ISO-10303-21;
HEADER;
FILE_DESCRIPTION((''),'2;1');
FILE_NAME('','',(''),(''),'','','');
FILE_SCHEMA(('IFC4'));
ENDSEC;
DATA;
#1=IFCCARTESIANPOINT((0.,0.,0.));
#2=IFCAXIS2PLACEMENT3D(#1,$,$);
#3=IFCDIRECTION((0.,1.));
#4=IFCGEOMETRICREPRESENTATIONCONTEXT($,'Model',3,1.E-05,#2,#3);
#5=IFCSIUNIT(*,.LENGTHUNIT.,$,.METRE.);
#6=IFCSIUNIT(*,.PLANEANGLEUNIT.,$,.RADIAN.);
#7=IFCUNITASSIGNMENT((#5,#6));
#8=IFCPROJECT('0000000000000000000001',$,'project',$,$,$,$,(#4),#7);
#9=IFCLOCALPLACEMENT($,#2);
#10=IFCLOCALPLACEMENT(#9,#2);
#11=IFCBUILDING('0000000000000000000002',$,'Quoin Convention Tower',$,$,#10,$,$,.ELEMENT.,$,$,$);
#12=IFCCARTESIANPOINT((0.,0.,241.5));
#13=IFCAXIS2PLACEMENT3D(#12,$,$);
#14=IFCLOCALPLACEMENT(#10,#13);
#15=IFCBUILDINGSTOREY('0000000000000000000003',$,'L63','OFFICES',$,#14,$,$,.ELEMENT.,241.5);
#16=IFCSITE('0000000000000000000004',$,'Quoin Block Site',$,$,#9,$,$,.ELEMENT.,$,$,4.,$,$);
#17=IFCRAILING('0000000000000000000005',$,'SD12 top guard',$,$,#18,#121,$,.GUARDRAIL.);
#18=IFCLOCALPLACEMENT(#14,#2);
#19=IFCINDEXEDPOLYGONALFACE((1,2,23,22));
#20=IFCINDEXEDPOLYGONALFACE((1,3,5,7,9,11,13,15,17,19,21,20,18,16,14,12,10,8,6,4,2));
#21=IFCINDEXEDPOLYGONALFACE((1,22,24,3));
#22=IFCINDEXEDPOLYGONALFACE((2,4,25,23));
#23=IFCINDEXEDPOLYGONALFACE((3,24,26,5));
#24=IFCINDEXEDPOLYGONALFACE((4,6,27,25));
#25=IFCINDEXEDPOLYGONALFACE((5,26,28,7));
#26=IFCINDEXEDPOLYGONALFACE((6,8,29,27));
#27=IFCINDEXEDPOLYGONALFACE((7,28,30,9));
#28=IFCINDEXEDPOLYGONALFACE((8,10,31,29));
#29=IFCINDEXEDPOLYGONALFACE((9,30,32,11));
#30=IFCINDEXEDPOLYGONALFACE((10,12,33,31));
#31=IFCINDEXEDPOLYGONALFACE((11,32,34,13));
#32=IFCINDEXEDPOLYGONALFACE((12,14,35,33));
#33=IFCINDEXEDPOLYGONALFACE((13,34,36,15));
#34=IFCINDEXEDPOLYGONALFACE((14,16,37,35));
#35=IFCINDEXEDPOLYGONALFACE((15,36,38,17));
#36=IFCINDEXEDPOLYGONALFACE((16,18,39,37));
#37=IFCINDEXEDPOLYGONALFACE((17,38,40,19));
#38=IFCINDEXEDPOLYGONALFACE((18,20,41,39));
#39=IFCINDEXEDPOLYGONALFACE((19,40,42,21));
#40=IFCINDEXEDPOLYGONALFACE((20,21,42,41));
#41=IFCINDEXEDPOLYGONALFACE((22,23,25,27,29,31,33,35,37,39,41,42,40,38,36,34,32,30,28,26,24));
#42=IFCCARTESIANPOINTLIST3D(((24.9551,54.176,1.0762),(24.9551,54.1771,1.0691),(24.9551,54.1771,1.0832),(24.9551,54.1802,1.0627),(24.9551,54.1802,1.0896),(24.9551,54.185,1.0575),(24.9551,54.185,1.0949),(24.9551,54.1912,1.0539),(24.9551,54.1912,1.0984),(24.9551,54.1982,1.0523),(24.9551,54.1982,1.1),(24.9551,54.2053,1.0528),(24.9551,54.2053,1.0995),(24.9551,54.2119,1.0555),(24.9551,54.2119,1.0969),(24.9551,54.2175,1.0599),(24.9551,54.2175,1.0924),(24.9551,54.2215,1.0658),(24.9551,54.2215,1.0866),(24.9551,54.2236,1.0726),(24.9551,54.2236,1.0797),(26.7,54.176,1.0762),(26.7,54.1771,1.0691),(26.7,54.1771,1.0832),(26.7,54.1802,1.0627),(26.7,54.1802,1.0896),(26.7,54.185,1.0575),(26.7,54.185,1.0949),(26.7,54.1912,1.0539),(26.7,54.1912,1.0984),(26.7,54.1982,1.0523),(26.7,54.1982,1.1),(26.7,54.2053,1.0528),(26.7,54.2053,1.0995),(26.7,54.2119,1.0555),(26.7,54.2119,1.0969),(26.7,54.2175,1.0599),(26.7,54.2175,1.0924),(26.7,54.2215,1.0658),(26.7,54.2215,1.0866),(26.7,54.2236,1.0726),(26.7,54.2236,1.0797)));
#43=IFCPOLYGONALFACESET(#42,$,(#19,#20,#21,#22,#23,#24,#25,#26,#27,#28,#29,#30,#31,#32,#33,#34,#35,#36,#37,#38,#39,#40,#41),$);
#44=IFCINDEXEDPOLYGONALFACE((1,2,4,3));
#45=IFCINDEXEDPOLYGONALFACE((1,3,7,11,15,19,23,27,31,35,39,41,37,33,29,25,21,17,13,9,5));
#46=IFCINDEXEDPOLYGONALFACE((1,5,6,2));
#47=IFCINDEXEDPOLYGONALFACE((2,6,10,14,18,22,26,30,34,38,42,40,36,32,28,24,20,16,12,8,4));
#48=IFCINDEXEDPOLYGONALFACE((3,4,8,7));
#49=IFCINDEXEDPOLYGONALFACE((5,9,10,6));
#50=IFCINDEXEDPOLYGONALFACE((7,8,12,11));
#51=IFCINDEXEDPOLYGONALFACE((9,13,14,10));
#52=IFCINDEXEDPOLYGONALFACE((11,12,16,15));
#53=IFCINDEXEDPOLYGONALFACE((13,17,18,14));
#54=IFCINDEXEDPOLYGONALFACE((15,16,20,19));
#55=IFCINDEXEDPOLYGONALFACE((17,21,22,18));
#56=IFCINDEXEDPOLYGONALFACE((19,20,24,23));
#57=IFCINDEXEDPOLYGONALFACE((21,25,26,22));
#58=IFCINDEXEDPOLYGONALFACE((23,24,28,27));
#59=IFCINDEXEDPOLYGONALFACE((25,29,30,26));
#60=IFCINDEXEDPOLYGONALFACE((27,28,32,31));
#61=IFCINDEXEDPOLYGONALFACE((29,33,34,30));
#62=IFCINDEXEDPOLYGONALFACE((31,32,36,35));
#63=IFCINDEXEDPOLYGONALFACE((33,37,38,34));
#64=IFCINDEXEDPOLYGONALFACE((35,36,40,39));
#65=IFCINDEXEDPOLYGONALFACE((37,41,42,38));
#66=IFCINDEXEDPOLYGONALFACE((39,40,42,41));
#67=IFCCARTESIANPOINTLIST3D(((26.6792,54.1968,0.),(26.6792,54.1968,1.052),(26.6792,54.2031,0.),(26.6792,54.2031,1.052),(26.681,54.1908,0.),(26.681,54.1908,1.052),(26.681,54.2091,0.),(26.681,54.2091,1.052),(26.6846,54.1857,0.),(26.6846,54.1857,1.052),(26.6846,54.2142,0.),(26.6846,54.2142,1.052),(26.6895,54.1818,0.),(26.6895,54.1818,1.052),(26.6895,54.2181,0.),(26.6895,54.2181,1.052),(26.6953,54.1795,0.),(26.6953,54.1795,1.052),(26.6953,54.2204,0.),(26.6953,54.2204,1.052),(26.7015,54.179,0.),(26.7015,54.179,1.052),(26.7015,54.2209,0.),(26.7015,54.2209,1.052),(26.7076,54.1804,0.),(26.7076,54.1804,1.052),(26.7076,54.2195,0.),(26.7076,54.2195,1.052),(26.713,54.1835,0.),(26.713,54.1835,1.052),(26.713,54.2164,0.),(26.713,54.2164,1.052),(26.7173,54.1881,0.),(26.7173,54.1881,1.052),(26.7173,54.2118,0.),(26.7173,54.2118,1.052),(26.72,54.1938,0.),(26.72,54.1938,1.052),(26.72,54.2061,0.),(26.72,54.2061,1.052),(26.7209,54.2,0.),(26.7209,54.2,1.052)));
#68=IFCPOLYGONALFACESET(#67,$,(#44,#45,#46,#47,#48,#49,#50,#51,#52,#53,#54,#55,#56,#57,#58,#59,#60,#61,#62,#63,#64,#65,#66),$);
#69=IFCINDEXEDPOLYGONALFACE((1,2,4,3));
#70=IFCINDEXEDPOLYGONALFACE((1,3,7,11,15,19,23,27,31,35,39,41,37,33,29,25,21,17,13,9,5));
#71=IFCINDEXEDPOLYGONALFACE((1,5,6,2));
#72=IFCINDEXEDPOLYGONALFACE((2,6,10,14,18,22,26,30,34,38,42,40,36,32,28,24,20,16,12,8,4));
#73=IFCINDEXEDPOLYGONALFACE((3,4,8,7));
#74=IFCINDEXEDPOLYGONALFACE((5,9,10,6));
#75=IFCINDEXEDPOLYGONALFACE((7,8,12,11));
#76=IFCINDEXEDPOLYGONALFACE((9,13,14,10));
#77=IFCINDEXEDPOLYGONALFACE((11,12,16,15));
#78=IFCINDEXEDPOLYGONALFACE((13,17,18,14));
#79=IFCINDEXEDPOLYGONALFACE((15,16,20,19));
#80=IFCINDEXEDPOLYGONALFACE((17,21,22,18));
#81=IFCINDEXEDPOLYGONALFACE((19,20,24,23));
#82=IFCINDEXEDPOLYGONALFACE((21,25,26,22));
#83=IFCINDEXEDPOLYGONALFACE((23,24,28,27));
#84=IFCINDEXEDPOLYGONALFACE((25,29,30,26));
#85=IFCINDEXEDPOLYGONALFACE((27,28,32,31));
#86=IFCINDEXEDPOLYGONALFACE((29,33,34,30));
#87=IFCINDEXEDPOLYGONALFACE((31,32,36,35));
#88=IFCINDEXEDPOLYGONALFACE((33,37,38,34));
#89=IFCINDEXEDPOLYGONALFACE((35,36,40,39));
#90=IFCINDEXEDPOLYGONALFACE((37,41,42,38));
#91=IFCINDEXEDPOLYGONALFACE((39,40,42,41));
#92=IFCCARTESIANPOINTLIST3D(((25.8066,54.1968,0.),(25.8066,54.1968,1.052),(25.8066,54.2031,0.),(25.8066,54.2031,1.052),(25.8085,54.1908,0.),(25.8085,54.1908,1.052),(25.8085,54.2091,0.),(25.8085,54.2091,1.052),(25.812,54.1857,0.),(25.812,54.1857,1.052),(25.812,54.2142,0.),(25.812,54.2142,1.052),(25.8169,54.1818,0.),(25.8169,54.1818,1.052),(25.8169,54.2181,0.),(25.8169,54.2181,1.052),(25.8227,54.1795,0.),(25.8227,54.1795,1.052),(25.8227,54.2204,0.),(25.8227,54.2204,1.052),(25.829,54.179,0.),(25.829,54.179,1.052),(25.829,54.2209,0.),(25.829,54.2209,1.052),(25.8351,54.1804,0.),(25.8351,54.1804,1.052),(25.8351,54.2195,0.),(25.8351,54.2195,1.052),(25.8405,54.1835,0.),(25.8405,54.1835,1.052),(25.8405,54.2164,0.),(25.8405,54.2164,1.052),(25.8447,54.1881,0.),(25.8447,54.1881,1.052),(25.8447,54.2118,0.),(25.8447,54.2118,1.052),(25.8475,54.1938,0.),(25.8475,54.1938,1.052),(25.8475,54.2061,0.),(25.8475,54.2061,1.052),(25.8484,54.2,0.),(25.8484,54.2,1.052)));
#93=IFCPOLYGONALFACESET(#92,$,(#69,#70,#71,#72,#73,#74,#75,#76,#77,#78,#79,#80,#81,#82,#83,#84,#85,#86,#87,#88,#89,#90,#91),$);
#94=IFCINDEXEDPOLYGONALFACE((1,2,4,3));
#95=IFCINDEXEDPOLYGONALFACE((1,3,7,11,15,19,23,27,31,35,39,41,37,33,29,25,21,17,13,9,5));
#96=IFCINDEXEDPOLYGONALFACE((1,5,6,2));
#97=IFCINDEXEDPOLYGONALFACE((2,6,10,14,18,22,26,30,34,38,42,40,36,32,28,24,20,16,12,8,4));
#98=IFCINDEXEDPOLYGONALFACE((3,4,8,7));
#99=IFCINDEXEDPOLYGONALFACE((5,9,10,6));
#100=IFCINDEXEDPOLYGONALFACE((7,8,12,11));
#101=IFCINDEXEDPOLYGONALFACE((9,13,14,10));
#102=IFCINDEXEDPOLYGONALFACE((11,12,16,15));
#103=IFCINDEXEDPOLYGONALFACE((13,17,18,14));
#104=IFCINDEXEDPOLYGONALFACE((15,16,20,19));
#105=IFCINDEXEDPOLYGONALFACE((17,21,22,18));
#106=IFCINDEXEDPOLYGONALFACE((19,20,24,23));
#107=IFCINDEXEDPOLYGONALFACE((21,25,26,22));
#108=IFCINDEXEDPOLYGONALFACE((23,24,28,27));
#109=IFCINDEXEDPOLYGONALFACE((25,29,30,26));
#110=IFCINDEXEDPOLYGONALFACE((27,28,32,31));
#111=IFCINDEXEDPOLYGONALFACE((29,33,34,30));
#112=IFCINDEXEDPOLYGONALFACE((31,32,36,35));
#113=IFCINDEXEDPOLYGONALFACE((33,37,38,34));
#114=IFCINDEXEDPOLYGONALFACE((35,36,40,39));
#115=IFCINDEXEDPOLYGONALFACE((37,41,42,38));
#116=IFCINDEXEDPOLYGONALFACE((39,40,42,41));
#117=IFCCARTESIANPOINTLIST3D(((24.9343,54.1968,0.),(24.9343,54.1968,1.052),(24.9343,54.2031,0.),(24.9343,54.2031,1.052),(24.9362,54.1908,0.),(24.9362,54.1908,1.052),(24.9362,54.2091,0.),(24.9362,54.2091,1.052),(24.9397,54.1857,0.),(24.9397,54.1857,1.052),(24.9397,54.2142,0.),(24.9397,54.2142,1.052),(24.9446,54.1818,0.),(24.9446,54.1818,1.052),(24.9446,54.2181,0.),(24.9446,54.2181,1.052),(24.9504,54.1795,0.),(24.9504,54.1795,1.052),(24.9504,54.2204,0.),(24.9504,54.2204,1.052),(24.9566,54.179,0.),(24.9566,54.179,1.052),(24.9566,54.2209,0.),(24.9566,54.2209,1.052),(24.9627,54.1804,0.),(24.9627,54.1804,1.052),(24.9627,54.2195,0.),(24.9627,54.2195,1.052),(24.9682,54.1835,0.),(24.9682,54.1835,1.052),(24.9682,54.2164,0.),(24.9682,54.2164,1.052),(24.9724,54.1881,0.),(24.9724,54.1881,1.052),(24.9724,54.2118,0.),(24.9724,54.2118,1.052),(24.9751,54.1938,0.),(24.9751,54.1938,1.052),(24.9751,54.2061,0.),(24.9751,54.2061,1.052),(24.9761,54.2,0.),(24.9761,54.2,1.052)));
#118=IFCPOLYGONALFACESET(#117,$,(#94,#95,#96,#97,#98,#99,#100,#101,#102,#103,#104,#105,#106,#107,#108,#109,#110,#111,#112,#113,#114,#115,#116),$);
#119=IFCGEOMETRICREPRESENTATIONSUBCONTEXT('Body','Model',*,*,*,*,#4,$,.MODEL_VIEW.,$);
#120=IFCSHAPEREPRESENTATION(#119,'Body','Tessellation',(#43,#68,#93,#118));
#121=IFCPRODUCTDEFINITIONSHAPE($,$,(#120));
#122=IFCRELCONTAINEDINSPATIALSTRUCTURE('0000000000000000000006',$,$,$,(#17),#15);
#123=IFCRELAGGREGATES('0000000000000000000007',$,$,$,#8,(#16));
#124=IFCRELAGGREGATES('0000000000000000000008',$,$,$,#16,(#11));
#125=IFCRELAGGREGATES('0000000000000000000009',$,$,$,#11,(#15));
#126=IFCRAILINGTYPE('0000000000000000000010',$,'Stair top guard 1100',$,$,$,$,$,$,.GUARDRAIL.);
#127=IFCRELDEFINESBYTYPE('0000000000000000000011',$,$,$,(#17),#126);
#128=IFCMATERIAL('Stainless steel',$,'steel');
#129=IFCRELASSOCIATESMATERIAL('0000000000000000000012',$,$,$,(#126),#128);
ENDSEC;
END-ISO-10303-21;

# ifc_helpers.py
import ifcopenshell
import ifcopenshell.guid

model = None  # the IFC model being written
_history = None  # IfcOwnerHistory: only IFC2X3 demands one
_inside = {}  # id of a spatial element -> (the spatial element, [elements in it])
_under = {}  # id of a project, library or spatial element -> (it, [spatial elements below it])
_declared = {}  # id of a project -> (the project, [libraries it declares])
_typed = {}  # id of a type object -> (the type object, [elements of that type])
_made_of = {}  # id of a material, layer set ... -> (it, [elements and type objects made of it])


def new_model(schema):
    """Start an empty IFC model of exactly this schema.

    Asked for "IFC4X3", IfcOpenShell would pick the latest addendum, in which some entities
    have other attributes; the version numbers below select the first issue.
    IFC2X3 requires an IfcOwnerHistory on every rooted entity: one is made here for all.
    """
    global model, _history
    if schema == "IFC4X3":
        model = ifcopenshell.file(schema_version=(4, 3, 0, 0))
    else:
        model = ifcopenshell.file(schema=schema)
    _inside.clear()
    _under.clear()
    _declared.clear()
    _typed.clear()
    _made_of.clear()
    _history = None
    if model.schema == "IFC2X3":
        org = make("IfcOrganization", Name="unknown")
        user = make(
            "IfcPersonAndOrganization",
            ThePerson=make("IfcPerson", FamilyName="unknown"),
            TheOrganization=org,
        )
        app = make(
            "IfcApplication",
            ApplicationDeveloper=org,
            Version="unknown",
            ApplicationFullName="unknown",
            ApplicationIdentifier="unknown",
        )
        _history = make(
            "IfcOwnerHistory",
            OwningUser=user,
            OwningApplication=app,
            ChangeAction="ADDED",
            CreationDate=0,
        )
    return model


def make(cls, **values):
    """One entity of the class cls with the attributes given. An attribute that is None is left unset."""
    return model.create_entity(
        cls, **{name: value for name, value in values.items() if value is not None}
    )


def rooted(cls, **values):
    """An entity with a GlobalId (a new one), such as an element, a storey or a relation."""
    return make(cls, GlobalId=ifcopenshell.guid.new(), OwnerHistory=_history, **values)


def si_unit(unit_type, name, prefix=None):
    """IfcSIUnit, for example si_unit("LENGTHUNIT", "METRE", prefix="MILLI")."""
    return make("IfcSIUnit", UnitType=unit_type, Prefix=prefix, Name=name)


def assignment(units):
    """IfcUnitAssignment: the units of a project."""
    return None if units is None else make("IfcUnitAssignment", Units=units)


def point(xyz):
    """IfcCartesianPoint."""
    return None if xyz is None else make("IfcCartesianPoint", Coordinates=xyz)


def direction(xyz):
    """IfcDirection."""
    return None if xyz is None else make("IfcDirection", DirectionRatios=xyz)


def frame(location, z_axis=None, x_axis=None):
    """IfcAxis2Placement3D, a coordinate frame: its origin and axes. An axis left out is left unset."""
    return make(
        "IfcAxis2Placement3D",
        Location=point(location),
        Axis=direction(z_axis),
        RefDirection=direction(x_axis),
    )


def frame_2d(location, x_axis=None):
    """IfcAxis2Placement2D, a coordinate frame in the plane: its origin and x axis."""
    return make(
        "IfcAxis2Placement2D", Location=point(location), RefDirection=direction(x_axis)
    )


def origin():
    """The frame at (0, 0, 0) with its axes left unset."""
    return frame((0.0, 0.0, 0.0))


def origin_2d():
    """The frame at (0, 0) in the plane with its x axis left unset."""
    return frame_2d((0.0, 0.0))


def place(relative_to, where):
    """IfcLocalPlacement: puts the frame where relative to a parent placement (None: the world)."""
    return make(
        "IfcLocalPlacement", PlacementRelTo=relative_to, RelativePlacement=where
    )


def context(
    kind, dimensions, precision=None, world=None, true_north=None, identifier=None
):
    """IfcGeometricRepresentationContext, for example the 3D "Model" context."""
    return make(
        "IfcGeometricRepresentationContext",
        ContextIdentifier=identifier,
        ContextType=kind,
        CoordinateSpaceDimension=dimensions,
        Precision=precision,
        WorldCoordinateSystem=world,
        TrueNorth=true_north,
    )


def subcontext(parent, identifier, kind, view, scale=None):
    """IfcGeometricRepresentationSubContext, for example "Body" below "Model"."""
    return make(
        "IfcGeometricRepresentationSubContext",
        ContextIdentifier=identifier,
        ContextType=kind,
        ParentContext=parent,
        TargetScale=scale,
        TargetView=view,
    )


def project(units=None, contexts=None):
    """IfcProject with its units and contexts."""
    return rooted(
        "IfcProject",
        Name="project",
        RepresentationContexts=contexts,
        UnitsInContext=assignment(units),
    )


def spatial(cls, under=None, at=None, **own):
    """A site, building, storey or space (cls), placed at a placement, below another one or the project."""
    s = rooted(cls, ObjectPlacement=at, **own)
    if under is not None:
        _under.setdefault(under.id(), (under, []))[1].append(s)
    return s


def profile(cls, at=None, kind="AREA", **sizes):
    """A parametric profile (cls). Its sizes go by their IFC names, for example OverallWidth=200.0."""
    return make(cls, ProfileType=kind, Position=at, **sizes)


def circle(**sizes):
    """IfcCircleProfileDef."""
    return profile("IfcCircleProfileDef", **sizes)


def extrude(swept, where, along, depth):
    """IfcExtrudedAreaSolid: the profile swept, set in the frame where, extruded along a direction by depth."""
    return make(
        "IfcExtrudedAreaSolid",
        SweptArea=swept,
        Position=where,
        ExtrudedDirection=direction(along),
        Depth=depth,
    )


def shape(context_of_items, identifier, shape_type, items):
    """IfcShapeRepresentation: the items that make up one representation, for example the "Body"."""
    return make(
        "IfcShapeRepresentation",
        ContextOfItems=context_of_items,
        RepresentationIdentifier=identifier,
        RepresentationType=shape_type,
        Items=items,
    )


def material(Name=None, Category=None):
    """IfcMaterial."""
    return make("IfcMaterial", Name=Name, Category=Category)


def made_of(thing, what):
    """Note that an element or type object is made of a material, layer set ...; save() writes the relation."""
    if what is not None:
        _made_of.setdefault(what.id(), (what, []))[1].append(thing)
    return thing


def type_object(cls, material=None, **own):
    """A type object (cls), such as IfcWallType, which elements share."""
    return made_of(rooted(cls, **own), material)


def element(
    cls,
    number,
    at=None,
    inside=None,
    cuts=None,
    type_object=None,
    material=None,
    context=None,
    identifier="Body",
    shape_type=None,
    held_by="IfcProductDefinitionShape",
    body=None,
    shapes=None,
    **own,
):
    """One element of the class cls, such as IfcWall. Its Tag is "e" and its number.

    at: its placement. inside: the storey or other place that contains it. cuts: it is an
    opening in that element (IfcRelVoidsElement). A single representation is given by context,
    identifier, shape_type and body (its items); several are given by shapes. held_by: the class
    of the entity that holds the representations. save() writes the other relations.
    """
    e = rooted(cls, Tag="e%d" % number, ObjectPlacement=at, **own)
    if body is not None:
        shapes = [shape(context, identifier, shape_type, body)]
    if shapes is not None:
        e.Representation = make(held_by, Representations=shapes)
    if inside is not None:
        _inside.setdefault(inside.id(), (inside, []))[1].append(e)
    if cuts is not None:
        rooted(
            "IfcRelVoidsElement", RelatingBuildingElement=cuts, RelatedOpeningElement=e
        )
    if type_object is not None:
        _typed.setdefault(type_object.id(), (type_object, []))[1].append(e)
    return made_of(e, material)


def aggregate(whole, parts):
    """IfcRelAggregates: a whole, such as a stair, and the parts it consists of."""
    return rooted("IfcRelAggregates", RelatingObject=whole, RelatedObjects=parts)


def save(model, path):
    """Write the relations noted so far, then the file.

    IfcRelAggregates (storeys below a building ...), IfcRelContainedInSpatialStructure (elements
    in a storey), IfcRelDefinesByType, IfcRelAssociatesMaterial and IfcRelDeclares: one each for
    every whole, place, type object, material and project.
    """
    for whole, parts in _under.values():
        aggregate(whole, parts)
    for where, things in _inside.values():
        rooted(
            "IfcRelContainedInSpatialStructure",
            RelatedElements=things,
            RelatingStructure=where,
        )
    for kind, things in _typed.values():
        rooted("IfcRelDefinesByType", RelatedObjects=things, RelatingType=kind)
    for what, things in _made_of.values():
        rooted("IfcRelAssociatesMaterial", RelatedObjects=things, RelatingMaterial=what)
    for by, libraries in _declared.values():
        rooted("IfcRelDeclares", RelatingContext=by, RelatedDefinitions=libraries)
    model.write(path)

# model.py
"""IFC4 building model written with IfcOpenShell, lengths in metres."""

from ifc_helpers import new_model, si_unit, direction, frame, origin, origin_2d, place, context, subcontext, project, spatial, circle, extrude, material, type_object, element, save


model = new_model("IFC4")

# Units and contexts
model_context = context("Model", 3, precision=1e-05, world=origin(), true_north=direction((0.0, 1.0)))
body_context = subcontext(model_context, "Body", "Model", "MODEL_VIEW")
ifc_project = project(units=[si_unit("LENGTHUNIT", "METRE"), si_unit("PLANEANGLEUNIT", "RADIAN")], contexts=[model_context])

# Site, building, storey
site_placement = place(None, origin())
site = spatial("IfcSite", under=ifc_project, at=site_placement, Name="Quoin Block Site", CompositionType="ELEMENT", RefElevation=4.0)
building_placement = place(site_placement, origin())
building = spatial("IfcBuilding", under=site, at=building_placement, Name="Quoin Convention Tower", CompositionType="ELEMENT")
storey_placement = place(building_placement, frame((0.0, 0.0, 241.5)))
storey = spatial("IfcBuildingStorey", under=building, at=storey_placement, Name="L63", Description="OFFICES", CompositionType="ELEMENT", Elevation=241.5)

# Railing
ifc_material_1 = material(Name="Stainless steel", Category="steel")
railing_type_1 = type_object("IfcRailingType", Name="Stair top guard 1100", PredefinedType="GUARDRAIL", material=ifc_material_1)
railing_1_placement = place(storey_placement, frame((26.7, 54.2, 0.0)))
element("IfcRailing", 1, at=railing_1_placement, inside=storey, type_object=railing_type_1, Name="SD12 top guard", PredefinedType="GUARDRAIL", context=body_context, shape_type="SweptSolid", body=[
    extrude(circle(Radius=0.0239, at=origin_2d()), frame((0.0, 0.0, 1.0762), z_axis=(-1.0, 0.0, 0.0), x_axis=(0.0, -1.0, 0.0)), (0.0, 0.0, 1.0), 1.7449),
    extrude(circle(Radius=0.021, at=origin_2d()), origin(), (0.0, 0.0, 1.0), 1.052),
    extrude(circle(Radius=0.021, at=origin_2d()), frame((-0.8726, 0.0, 0.0)), (0.0, 0.0, 1.0), 1.052),
    extrude(circle(Radius=0.021, at=origin_2d()), frame((-1.7449, 0.0, 0.0)), (0.0, 0.0, 1.0), 1.052),
])

save(model, "model.ifc")
